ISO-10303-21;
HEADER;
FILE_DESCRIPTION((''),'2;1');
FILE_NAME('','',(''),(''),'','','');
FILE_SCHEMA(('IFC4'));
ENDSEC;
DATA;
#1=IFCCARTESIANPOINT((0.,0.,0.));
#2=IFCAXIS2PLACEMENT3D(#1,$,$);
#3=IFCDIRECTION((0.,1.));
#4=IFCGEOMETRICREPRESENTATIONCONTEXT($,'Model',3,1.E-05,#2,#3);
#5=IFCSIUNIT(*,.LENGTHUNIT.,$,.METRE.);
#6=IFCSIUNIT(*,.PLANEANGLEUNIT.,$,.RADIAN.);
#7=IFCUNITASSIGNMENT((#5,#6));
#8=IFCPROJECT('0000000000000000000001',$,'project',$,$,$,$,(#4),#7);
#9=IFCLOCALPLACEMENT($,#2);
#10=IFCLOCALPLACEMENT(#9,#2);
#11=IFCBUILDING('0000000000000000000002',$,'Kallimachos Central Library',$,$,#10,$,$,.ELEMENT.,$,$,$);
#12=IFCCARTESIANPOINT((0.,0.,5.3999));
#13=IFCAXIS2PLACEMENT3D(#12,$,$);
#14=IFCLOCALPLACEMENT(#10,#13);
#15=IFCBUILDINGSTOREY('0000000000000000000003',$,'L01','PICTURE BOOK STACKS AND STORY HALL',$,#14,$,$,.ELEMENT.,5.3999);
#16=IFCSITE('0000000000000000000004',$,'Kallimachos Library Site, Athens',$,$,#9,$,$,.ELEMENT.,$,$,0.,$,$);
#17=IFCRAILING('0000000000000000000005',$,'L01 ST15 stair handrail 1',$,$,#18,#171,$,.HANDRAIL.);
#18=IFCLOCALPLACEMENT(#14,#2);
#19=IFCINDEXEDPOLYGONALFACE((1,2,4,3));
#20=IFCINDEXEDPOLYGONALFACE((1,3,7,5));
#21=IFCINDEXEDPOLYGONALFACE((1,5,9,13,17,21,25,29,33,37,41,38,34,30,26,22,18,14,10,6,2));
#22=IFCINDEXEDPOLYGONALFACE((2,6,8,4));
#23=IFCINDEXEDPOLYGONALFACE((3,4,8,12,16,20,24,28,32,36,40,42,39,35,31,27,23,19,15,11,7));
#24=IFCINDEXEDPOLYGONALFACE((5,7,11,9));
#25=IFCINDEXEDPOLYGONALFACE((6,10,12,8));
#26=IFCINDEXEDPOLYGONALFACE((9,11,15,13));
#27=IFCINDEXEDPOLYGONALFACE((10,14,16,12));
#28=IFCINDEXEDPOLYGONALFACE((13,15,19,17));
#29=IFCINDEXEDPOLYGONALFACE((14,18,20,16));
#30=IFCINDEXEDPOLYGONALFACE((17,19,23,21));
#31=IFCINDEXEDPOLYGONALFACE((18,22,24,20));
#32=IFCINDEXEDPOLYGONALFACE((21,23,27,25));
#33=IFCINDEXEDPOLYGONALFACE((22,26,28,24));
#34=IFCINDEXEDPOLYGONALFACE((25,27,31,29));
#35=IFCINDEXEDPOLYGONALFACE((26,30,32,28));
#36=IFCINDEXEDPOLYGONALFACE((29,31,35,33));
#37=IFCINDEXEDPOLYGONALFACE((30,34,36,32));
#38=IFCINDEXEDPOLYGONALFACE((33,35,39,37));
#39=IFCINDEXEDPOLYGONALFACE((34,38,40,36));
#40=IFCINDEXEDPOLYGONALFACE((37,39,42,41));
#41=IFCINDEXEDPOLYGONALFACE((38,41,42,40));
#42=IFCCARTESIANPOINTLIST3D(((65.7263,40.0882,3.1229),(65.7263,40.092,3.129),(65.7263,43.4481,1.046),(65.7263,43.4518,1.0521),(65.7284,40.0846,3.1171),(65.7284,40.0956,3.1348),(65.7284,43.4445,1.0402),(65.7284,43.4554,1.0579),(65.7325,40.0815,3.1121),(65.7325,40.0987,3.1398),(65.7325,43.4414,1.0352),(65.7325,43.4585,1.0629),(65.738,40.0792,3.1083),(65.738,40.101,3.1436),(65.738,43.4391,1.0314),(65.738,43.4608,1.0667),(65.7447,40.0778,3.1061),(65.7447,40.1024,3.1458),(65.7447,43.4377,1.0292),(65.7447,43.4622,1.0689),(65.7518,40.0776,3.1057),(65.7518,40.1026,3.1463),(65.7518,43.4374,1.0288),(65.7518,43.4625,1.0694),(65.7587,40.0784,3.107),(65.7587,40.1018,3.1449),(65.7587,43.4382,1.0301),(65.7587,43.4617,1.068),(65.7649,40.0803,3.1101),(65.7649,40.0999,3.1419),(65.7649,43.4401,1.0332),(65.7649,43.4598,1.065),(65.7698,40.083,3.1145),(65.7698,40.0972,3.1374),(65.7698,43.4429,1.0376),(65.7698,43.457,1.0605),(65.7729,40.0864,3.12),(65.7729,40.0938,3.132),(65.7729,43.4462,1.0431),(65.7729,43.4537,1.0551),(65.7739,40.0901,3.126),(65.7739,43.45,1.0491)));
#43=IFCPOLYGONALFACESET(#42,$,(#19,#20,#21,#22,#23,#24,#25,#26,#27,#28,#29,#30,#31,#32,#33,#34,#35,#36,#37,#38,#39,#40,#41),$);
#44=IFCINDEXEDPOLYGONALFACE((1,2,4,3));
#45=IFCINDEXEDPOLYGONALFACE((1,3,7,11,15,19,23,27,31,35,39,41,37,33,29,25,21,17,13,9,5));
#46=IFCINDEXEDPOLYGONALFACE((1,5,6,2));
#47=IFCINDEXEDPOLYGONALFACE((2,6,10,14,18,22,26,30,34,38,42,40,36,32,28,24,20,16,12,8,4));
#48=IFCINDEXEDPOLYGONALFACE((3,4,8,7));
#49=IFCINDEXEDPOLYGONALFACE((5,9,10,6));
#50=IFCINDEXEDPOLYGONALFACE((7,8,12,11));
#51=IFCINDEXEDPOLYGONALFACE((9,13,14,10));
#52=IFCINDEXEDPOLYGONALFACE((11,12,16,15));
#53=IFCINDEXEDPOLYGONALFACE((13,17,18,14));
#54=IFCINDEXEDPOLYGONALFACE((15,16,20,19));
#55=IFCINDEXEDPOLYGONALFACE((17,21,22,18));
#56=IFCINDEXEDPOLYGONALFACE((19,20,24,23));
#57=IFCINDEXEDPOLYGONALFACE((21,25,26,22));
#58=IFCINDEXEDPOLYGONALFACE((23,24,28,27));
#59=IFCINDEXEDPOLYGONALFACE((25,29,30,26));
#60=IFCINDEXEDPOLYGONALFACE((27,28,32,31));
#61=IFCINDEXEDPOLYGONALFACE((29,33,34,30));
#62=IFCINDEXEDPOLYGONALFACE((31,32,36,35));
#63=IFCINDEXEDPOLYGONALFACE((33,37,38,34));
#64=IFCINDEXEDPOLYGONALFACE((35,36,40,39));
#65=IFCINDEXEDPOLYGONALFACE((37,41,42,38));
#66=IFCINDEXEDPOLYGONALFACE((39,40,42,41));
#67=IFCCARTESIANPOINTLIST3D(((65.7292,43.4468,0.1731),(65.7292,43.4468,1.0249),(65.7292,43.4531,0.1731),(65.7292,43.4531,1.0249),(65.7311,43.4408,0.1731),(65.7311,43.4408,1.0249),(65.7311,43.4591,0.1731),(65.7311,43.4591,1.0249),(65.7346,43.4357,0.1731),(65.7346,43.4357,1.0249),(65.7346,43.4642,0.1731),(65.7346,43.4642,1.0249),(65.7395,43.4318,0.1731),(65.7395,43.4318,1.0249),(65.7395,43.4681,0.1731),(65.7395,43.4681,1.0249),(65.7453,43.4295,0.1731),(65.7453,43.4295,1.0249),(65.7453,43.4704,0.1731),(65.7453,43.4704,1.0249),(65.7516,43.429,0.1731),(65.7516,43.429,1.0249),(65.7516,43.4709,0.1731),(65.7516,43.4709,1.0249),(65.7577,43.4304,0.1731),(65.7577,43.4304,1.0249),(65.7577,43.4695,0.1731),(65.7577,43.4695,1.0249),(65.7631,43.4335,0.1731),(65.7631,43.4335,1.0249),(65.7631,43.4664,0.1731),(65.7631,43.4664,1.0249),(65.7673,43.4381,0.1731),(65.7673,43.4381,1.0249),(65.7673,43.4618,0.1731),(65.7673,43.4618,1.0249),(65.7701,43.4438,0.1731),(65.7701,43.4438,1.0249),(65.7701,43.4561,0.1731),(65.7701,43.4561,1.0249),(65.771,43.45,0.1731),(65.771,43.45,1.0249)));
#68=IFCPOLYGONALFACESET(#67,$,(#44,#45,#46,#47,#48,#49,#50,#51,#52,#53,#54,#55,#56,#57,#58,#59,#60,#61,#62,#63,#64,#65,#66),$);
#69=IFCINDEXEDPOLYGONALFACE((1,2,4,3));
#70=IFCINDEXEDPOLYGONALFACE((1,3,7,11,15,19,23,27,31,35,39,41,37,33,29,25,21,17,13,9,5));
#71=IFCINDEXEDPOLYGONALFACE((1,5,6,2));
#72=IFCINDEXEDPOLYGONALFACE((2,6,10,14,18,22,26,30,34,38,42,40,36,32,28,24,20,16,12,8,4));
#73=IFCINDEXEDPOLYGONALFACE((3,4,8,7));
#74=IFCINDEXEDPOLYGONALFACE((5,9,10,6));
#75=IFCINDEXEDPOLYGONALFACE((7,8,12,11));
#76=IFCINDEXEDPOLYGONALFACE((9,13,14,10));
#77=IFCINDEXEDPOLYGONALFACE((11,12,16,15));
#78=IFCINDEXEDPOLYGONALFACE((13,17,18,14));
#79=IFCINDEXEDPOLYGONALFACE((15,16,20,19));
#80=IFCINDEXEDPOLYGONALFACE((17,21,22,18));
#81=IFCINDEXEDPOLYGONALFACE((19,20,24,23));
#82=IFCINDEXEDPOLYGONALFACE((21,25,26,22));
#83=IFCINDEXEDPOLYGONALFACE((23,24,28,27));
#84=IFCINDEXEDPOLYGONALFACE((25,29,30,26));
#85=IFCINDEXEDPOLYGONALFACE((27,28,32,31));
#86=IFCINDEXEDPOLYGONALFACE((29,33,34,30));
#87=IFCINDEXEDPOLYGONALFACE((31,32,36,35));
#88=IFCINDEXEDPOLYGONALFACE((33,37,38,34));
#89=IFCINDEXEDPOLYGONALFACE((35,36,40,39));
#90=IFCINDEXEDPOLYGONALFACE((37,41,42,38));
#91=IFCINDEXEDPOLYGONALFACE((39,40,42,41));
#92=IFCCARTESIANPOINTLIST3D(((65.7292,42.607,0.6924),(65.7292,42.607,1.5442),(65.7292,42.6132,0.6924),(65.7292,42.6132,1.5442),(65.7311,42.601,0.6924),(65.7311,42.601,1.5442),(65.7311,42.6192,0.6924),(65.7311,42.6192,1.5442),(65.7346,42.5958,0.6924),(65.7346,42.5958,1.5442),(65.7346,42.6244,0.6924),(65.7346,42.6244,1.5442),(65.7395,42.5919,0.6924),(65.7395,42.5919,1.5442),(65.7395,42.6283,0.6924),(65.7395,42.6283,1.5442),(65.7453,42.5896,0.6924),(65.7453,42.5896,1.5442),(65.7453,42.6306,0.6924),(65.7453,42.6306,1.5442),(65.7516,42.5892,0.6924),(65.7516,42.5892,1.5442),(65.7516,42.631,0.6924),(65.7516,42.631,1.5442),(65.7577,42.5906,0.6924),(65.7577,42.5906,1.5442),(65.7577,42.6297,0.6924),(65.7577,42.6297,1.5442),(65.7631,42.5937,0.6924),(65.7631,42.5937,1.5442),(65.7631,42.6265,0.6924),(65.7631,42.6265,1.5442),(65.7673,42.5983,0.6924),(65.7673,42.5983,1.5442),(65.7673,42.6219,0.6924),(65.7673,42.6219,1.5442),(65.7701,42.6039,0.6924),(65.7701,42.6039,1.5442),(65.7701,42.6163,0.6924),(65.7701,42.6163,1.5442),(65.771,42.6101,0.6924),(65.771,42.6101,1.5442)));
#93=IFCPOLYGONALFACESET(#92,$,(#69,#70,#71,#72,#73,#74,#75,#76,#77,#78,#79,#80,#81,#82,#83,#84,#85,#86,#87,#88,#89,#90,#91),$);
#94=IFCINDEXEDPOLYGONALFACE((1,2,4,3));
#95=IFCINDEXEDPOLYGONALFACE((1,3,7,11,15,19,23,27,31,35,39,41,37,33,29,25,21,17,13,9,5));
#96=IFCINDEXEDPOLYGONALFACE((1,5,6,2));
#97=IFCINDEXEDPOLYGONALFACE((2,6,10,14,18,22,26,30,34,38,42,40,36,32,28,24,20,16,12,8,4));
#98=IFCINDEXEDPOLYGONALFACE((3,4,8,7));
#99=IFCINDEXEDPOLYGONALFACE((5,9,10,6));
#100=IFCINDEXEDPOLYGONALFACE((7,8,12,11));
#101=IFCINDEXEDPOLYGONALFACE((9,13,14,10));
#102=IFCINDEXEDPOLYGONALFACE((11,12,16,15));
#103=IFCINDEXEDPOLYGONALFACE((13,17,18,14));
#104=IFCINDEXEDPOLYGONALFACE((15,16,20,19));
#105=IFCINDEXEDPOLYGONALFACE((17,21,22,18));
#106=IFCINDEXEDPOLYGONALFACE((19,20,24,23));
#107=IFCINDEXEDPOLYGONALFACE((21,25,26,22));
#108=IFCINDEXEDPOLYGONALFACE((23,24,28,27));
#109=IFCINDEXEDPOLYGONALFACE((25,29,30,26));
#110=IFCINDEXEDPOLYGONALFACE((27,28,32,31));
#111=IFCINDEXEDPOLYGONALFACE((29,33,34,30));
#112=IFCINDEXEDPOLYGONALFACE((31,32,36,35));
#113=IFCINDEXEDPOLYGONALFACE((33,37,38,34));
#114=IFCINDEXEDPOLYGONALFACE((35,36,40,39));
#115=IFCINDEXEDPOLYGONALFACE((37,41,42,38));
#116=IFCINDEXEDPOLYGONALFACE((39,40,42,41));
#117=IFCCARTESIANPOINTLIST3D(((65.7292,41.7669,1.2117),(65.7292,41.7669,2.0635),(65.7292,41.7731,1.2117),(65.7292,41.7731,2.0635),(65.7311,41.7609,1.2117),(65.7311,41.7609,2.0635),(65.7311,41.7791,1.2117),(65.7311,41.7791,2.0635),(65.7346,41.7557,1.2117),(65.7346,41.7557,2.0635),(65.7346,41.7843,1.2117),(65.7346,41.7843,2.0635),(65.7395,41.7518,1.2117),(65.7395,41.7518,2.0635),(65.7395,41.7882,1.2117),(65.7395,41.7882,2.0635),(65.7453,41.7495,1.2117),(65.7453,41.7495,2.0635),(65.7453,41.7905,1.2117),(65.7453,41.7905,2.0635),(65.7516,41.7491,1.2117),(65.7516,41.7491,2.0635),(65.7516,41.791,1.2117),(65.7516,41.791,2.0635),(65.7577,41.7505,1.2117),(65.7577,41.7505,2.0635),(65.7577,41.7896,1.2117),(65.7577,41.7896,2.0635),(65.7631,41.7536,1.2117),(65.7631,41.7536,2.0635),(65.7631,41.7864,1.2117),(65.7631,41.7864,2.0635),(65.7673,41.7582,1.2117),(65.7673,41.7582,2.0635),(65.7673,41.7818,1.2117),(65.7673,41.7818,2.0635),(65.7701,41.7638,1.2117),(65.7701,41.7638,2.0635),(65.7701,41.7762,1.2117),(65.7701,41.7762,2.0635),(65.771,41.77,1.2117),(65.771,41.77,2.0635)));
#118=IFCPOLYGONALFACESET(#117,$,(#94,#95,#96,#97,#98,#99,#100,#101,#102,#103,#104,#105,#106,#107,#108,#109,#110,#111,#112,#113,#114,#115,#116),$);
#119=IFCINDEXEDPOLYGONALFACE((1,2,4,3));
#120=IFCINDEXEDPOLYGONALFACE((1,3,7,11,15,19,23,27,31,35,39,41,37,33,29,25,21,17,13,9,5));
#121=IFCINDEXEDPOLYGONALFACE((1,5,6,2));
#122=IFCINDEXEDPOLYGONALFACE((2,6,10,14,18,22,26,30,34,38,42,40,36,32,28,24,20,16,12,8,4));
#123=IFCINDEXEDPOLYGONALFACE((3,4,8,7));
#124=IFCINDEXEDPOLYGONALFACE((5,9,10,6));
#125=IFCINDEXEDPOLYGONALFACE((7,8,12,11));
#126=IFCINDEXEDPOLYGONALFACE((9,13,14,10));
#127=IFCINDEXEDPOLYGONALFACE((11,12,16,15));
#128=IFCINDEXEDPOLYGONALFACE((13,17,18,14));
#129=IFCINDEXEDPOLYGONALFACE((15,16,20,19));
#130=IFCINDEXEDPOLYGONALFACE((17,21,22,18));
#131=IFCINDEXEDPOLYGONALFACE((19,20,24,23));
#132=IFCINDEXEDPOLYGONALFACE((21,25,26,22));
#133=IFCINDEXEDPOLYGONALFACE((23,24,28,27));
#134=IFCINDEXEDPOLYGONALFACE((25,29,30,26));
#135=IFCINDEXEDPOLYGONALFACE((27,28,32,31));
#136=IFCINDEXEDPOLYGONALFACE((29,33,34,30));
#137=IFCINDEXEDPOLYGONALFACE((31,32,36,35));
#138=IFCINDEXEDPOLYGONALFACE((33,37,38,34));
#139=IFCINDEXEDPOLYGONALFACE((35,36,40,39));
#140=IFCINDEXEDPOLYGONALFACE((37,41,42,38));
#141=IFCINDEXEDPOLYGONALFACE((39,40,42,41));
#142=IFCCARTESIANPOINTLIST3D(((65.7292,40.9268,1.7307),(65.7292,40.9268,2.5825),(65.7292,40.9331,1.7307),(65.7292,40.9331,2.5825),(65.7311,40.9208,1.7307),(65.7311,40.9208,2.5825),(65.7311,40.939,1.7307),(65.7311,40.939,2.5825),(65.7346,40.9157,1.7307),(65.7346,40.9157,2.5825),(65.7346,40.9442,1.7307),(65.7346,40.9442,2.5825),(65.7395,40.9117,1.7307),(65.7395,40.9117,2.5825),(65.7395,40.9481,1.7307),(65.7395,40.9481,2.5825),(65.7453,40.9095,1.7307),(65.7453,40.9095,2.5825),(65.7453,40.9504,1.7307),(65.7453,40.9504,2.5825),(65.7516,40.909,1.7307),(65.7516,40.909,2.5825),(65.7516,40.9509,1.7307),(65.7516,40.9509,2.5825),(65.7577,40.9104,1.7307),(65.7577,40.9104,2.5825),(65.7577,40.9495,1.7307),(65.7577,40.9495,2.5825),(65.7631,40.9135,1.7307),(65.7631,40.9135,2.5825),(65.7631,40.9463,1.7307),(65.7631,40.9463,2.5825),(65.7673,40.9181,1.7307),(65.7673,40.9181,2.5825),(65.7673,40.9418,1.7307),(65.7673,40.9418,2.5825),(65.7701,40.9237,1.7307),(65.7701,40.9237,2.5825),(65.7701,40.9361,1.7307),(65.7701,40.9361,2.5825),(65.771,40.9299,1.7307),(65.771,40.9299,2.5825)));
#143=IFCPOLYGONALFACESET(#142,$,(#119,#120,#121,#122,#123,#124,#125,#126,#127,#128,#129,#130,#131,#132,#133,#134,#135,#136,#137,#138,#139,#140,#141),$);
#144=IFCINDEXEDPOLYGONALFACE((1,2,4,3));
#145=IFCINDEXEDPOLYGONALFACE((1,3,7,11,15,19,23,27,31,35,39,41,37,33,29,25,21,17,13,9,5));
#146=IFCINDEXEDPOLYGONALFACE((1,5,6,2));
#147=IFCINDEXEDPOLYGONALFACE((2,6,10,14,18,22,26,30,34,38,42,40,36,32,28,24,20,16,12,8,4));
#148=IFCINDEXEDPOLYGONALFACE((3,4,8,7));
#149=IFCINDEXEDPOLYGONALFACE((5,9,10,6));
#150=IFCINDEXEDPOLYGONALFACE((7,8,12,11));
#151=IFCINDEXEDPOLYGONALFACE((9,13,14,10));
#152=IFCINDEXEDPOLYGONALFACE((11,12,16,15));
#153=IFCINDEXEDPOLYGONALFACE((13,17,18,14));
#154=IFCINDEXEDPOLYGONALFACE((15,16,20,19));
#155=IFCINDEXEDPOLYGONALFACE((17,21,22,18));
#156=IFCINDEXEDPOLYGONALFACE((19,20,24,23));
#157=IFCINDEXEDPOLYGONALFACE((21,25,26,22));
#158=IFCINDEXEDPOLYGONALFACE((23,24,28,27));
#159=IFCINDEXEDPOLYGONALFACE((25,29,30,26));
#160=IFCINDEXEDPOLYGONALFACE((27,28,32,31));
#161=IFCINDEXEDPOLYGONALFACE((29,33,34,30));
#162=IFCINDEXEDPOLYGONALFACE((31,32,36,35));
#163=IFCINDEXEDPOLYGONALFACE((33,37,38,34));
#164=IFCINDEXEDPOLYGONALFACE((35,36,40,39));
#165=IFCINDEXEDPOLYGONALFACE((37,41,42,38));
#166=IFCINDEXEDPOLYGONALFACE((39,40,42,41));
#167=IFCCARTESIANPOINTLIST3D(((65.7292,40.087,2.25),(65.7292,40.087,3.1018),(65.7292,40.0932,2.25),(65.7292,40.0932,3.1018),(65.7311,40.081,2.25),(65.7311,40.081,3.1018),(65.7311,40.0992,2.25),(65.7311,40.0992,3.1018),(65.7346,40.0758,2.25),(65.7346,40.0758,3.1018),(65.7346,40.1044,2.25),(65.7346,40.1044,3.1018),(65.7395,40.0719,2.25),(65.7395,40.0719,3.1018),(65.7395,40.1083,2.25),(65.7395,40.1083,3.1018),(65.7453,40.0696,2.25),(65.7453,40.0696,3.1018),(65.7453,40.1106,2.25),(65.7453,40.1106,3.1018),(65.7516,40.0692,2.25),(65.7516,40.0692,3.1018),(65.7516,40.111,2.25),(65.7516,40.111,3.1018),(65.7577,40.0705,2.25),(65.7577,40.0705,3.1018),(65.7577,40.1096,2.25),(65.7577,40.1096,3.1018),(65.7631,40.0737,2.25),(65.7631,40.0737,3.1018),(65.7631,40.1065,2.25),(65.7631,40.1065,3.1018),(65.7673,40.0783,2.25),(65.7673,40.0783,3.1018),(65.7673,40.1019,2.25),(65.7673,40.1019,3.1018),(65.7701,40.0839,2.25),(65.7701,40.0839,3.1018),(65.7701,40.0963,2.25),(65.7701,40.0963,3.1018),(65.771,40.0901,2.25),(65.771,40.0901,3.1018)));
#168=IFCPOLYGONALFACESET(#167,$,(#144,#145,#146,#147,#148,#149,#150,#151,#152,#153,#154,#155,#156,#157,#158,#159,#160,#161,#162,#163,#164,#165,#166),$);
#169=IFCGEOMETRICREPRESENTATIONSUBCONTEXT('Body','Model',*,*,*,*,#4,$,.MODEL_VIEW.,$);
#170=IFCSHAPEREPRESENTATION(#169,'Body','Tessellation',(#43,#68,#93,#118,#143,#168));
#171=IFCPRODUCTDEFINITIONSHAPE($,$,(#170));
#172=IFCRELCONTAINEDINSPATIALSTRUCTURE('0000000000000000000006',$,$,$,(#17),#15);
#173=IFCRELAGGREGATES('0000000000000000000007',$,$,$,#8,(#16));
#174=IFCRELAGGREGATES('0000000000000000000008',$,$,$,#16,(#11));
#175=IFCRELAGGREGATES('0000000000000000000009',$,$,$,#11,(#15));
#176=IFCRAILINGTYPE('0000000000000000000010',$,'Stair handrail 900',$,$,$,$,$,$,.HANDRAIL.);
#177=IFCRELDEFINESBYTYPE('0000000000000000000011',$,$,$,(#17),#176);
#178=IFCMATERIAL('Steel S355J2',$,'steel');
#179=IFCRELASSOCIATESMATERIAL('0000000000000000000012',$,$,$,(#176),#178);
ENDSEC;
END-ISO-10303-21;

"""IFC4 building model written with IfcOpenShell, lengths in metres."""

from ifc_helpers import new_model, si_unit, direction, frame, origin, origin_2d, place, context, subcontext, project, spatial, circle, extrude, material, type_object, element, save


model = new_model("IFC4")

# Units and contexts
model_context = context("Model", 3, precision=1e-05, world=origin(), true_north=direction((0.0, 1.0)))
body_context = subcontext(model_context, "Body", "Model", "MODEL_VIEW")
ifc_project = project(units=[si_unit("LENGTHUNIT", "METRE"), si_unit("PLANEANGLEUNIT", "RADIAN")], contexts=[model_context])

# Site, building, storey
site_placement = place(None, origin())
site = spatial("IfcSite", under=ifc_project, at=site_placement, Name="Kallimachos Library Site, Athens", CompositionType="ELEMENT", RefElevation=0.0)
building_placement = place(site_placement, origin())
building = spatial("IfcBuilding", under=site, at=building_placement, Name="Kallimachos Central Library", CompositionType="ELEMENT")
storey_placement = place(building_placement, frame((0.0, 0.0, 5.3999)))
storey = spatial("IfcBuildingStorey", under=building, at=storey_placement, Name="L01", Description="PICTURE BOOK STACKS AND STORY HALL", CompositionType="ELEMENT", Elevation=5.3999)

# Railing
ifc_material_1 = material(Name="Steel S355J2", Category="steel")
railing_type_1 = type_object("IfcRailingType", Name="Stair handrail 900", PredefinedType="HANDRAIL", material=ifc_material_1)
railing_1_placement = place(storey_placement, frame((65.75, 43.45, 0.1731)))
element("IfcRailing", 1, at=railing_1_placement, inside=storey, type_object=railing_type_1, Name="L01 ST15 stair handrail 1", PredefinedType="HANDRAIL", context=body_context, shape_type="SweptSolid", body=[
    extrude(circle(Radius=0.0239, at=origin_2d()), frame((0.0, 0.0, 0.876), z_axis=(0.0, -0.850606, 0.525803), x_axis=(1.0, 0.0, 0.0)), (0.0, 0.0, 1.0), 3.95),
    extrude(circle(Radius=0.021, at=origin_2d()), origin(), (0.0, 0.0, 1.0), 0.8518),
    extrude(circle(Radius=0.021, at=origin_2d()), frame((0.0, -0.8398, 0.5193)), (0.0, 0.0, 1.0), 0.8518),
    extrude(circle(Radius=0.021, at=origin_2d()), frame((0.0, -1.6799, 1.0386)), (0.0, 0.0, 1.0), 0.8518),
    extrude(circle(Radius=0.021, at=origin_2d()), frame((0.0, -2.52, 1.5576)), (0.0, 0.0, 1.0), 0.8518),
    extrude(circle(Radius=0.021, at=origin_2d()), frame((0.0, -3.3599, 2.0769)), (0.0, 0.0, 1.0), 0.8518),
])

save(model, "model.ifc")
